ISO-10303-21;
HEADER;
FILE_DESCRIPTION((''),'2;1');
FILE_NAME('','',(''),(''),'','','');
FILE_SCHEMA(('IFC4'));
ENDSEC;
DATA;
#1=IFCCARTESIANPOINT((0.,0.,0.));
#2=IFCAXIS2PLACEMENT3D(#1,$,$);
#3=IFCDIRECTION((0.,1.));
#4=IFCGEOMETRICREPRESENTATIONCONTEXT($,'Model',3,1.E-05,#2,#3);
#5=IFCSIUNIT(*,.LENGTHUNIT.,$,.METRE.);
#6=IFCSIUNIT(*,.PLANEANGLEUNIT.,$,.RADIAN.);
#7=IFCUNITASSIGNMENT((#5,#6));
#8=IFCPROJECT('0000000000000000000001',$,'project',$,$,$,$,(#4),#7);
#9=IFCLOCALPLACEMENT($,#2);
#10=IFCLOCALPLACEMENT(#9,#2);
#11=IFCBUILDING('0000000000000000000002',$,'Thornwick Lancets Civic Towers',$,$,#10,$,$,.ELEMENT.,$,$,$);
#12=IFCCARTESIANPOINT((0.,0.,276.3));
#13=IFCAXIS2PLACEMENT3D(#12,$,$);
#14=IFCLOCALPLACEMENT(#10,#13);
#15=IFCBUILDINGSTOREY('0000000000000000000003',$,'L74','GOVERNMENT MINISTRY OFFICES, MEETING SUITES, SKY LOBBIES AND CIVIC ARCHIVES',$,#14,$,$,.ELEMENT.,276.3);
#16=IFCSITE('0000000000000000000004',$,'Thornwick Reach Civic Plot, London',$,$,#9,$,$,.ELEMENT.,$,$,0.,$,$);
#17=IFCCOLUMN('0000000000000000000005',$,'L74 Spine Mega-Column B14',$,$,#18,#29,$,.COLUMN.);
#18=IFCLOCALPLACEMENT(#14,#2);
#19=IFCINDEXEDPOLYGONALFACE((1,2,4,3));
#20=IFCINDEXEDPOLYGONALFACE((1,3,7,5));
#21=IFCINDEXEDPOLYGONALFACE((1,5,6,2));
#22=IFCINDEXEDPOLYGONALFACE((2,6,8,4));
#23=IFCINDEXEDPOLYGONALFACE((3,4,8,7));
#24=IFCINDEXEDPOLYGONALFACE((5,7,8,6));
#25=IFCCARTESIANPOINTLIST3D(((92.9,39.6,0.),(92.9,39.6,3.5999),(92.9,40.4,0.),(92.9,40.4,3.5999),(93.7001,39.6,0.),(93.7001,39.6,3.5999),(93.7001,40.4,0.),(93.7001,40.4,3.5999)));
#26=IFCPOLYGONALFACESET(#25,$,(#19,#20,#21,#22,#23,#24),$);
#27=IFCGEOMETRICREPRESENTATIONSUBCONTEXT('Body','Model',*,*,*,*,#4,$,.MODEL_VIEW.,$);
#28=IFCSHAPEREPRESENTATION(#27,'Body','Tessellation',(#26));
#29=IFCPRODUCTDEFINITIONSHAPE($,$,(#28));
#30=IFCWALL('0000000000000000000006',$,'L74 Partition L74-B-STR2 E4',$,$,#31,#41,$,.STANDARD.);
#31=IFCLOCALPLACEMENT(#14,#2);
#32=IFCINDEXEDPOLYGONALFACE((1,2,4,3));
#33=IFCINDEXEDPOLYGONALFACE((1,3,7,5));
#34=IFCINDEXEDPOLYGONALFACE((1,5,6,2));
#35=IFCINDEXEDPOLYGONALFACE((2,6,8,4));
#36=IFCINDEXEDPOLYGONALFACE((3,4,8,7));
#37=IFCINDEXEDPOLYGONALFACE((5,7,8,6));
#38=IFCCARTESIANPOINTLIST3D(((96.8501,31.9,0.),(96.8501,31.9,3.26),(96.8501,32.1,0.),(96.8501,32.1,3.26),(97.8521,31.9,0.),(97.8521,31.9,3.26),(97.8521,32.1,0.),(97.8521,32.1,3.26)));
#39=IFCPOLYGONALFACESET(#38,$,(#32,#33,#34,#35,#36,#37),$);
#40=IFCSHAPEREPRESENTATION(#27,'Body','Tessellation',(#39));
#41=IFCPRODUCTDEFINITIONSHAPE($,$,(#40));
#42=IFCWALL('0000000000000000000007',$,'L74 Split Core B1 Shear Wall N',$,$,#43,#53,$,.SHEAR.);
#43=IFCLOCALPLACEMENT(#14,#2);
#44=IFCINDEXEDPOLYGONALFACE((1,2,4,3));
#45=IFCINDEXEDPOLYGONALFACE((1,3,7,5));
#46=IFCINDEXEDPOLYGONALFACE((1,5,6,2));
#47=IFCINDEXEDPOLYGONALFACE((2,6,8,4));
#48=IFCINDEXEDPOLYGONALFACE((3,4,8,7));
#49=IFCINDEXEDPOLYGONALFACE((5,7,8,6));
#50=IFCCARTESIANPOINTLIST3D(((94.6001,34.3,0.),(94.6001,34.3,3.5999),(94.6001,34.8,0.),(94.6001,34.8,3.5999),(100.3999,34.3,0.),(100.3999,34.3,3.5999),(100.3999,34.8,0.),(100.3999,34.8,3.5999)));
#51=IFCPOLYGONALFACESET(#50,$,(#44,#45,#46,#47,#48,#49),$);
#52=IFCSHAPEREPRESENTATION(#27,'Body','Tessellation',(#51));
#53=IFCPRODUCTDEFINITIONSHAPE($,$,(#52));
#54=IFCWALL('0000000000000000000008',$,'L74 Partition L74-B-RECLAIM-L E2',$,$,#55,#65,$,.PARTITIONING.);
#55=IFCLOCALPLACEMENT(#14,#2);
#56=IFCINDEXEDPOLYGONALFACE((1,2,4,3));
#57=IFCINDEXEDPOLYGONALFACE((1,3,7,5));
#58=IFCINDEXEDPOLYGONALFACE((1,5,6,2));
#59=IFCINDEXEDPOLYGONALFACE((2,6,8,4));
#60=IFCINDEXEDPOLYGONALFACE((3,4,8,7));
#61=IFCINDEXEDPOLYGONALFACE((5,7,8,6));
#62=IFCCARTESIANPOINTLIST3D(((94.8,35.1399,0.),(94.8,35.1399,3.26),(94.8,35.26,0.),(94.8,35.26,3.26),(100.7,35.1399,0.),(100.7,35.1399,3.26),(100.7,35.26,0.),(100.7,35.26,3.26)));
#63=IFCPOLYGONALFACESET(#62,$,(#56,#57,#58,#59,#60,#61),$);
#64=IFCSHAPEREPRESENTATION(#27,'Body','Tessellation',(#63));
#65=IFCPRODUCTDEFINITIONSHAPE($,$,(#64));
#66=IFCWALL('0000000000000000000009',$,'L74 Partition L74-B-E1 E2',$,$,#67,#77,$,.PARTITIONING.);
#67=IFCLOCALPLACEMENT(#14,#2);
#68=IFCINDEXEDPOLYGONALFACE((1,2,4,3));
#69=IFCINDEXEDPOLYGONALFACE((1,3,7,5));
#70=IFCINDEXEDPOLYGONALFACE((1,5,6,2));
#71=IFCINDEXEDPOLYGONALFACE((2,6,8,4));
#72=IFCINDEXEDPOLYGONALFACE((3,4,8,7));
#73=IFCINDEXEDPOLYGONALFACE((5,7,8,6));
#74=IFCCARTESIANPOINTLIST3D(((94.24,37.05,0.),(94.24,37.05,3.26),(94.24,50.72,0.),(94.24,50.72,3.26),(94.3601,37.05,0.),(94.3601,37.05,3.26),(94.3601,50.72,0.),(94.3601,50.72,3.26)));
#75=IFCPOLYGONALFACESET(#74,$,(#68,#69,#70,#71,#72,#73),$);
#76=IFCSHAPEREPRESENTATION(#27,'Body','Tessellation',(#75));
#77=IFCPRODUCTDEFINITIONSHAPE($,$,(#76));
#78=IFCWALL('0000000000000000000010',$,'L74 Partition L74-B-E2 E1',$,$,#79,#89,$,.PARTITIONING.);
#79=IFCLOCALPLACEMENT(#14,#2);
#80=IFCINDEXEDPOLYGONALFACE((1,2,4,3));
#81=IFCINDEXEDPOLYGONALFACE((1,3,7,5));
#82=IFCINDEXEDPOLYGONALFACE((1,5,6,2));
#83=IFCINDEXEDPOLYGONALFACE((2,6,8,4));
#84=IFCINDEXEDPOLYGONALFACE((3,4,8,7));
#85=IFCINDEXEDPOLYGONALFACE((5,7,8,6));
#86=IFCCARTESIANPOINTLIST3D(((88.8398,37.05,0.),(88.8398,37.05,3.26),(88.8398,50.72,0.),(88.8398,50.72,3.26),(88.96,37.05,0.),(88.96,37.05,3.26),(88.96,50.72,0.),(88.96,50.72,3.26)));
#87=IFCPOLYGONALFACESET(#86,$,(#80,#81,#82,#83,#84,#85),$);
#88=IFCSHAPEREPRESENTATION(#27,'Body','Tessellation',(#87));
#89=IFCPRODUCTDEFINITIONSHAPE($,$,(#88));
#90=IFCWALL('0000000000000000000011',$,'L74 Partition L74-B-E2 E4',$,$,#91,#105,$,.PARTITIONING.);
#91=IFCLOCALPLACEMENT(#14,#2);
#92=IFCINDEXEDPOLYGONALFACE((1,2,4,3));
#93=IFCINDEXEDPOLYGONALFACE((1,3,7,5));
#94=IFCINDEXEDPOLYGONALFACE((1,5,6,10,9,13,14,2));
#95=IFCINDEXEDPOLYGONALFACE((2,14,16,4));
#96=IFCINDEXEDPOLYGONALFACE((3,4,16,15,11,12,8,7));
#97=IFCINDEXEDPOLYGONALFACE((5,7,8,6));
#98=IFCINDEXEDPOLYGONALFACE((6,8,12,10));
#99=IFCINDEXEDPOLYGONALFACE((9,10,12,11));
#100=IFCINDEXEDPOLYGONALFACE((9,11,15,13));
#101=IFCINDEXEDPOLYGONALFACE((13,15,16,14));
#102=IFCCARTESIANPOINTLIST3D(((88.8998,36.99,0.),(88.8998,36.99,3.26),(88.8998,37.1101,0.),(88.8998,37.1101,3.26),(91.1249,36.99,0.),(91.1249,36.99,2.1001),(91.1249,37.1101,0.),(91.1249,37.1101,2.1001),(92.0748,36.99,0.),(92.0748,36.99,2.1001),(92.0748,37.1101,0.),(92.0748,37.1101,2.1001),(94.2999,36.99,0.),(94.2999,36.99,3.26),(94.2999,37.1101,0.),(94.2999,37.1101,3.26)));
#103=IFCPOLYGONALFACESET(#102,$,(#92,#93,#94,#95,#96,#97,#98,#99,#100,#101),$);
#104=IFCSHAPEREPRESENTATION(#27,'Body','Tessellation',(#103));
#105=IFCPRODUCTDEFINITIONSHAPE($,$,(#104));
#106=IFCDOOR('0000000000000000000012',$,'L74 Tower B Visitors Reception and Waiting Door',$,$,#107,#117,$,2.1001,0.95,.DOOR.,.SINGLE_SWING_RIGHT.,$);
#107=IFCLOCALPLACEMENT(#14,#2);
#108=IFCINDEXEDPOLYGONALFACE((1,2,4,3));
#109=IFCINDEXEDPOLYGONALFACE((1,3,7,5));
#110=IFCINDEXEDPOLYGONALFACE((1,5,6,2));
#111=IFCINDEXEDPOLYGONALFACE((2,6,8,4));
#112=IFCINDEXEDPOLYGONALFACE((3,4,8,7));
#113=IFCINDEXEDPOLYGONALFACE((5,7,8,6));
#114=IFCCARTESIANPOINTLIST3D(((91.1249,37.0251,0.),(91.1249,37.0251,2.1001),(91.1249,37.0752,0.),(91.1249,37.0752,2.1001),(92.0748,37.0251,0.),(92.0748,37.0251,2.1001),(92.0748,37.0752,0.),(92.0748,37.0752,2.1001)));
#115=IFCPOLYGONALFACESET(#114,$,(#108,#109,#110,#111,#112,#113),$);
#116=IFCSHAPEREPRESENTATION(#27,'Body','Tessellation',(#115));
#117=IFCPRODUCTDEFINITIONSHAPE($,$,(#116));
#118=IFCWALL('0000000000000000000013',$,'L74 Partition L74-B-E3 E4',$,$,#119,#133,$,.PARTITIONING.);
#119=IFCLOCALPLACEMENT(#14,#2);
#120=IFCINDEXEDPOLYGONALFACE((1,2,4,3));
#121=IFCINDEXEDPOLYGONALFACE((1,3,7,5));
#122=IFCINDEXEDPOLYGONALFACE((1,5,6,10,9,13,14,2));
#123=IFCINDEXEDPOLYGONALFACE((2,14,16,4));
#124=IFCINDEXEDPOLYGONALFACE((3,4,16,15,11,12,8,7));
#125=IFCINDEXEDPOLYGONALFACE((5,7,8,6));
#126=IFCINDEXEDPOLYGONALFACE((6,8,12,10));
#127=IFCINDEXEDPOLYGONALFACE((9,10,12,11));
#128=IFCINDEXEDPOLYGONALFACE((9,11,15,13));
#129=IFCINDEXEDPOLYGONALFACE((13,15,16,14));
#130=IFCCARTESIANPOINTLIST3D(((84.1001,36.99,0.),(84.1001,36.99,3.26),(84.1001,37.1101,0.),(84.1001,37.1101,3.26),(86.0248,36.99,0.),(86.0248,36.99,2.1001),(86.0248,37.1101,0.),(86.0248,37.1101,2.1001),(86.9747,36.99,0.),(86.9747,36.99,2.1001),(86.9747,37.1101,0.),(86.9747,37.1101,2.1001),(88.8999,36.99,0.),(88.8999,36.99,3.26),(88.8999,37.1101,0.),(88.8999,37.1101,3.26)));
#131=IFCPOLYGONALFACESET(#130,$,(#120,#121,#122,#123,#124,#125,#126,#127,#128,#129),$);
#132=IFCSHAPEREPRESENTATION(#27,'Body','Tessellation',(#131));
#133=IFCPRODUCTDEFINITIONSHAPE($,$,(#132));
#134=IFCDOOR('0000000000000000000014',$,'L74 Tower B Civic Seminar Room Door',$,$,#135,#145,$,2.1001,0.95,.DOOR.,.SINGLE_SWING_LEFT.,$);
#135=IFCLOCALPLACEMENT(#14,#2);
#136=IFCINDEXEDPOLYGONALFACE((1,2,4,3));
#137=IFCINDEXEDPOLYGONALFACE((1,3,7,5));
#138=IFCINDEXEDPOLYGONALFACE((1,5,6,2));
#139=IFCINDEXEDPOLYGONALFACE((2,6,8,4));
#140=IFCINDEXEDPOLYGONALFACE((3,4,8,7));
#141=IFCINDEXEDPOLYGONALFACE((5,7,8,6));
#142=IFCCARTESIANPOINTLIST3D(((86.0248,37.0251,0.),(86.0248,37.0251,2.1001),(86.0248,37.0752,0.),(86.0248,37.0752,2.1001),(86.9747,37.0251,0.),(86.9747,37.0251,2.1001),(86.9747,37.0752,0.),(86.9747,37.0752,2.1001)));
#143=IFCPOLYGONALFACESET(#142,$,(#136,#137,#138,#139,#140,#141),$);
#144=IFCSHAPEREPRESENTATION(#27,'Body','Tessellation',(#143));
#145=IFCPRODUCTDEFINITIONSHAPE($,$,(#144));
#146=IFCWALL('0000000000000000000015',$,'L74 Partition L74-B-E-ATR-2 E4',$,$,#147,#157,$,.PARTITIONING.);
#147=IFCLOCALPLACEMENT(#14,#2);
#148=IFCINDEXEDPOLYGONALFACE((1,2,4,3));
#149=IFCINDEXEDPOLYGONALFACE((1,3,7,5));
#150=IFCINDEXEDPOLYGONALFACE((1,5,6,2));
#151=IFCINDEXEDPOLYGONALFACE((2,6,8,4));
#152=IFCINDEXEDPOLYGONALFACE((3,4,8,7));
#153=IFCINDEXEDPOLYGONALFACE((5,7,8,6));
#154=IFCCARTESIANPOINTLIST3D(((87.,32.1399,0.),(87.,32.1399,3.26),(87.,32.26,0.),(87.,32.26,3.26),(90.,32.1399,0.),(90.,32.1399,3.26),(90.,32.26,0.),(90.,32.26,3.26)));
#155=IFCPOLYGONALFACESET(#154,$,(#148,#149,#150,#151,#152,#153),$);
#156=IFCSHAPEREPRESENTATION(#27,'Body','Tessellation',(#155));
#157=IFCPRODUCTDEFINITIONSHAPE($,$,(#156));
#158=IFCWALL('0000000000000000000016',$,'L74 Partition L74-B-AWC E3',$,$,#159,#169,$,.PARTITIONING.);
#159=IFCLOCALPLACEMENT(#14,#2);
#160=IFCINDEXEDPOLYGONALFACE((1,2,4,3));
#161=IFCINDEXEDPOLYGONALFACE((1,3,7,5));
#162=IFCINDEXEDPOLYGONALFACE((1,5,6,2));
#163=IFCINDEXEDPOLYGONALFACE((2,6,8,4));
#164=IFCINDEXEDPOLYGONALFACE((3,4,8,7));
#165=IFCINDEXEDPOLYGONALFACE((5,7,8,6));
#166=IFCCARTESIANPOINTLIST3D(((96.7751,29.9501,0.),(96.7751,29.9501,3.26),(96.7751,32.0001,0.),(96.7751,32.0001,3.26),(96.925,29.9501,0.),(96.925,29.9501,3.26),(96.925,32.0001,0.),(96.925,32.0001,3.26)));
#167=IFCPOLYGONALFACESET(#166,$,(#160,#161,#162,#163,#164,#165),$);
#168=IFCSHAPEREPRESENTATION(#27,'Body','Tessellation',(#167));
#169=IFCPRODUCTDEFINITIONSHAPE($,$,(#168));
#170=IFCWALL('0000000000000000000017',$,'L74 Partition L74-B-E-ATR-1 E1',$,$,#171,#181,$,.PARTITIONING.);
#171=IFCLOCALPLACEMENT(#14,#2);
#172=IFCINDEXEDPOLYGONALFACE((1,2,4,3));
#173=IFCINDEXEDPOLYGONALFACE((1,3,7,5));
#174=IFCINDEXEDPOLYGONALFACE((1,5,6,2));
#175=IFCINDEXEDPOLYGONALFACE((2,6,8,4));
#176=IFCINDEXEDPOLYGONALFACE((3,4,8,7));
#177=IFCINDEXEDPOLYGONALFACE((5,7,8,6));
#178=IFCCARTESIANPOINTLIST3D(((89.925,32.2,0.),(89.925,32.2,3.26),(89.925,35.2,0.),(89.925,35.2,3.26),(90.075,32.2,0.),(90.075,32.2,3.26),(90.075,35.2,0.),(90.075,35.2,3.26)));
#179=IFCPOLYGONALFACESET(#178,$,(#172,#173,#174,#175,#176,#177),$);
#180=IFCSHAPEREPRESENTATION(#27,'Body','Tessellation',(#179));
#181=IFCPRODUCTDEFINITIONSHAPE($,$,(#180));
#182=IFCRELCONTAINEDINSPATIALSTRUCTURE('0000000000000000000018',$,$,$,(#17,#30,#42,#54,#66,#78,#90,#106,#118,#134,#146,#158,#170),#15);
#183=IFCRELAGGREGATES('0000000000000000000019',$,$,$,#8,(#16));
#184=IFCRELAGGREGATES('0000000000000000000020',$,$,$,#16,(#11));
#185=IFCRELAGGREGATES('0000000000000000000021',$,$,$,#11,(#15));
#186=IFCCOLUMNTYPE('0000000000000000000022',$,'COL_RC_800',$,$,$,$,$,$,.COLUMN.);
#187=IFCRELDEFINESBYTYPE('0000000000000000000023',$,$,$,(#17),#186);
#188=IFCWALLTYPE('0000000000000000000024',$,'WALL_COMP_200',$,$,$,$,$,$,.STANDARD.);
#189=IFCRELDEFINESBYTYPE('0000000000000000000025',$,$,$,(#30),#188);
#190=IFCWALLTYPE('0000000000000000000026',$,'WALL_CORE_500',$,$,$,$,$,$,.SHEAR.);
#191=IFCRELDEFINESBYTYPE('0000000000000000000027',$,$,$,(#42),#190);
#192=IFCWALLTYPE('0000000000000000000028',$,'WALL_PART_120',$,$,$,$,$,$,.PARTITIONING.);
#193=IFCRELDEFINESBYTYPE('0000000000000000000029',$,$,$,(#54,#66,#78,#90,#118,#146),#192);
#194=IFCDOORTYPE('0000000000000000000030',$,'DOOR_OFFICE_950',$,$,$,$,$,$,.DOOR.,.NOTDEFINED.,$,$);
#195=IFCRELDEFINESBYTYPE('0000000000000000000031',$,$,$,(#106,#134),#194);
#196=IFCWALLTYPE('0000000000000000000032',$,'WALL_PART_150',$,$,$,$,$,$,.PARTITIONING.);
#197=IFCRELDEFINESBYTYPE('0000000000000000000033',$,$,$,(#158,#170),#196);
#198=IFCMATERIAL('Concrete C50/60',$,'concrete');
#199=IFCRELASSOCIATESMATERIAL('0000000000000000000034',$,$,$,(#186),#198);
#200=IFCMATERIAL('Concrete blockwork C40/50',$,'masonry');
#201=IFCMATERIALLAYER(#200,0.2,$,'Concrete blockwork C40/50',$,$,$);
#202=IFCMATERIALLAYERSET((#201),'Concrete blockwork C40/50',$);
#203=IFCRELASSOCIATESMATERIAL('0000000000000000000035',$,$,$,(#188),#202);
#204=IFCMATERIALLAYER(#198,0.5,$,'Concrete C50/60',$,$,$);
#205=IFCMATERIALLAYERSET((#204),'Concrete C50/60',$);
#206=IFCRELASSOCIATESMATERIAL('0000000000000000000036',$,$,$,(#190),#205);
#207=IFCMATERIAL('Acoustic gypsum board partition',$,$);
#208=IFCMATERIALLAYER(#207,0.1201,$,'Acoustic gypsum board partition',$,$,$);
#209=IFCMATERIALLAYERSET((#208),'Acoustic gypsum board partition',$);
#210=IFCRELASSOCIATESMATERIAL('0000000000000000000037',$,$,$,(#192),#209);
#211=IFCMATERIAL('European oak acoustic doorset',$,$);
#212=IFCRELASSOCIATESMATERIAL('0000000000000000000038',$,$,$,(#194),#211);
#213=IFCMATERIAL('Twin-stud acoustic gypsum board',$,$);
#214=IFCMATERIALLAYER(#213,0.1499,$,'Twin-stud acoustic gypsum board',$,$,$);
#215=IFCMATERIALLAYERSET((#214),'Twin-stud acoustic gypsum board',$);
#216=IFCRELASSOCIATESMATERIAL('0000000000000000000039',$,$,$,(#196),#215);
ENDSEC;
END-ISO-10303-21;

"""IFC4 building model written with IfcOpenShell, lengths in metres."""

from ifc_helpers import new_model, si_unit, direction, frame, frame_2d, origin, origin_2d, place, context, subcontext, project, spatial, rectangle, extrude, material, layer, layer_set, material_profile, profile_set, type_object, element, fill, save


model = new_model("IFC4")

# Units and contexts
model_context = context("Model", 3, precision=1e-05, world=origin(), true_north=direction((0.0, 1.0)))
body_context = subcontext(model_context, "Body", "Model", "MODEL_VIEW")
ifc_project = project(units=[si_unit("LENGTHUNIT", "METRE"), si_unit("PLANEANGLEUNIT", "RADIAN")], contexts=[model_context])

# Site, building, storey
site_placement = place(None, origin())
site = spatial("IfcSite", under=ifc_project, at=site_placement, Name="Thornwick Reach Civic Plot, London", CompositionType="ELEMENT", RefElevation=0.0)
building_placement = place(site_placement, origin())
building = spatial("IfcBuilding", under=site, at=building_placement, Name="Thornwick Lancets Civic Towers", CompositionType="ELEMENT")
storey_placement = place(building_placement, frame((0.0, 0.0, 276.3)))
storey = spatial("IfcBuildingStorey", under=building, at=storey_placement, Name="L74", Description="GOVERNMENT MINISTRY OFFICES, MEETING SUITES, SKY LOBBIES AND CIVIC ARCHIVES", CompositionType="ELEMENT", Elevation=276.3)

# Column
ifc_material_1 = material(Name="Concrete C50/60", Category="concrete")
ifc_material_profile = material_profile(ifc_material_1, rectangle(XDim=0.8, YDim=0.8, at=origin_2d()), Name="RC 800x800")
ifc_profile_set = profile_set([ifc_material_profile], Name="Concrete C50/60")
column_type = type_object("IfcColumnType", Name="COL_RC_800", PredefinedType="COLUMN", material=ifc_profile_set)
column_placement = place(storey_placement, frame((93.3, 40.0, 0.0), z_axis=(0.0, 0.0, 1.0), x_axis=(1.0, 0.0, 0.0)))
element("IfcColumn", 1, at=column_placement, inside=storey, type_object=column_type, Name="L74 Spine Mega-Column B14", PredefinedType="COLUMN", context=body_context, shape_type="SweptSolid", body=[
    extrude(rectangle(XDim=0.8, YDim=0.8, at=origin_2d()), origin(), (0.0, 0.0, 1.0), 3.5999),
])

# Walls
ifc_material_2 = material(Name="Concrete blockwork C40/50", Category="masonry")
ifc_layer_1 = layer(ifc_material_2, 0.2, Name="Concrete blockwork C40/50")
ifc_layer_set_1 = layer_set([ifc_layer_1], Name="Concrete blockwork C40/50")
wall_type_1 = type_object("IfcWallType", Name="WALL_COMP_200", PredefinedType="STANDARD", material=ifc_layer_set_1)
wall_1_placement = place(storey_placement, frame((97.8521, 32.0, 0.0), z_axis=(0.0, 0.0, 1.0), x_axis=(-1.0, 0.0, 0.0)))
element("IfcWall", 2, at=wall_1_placement, inside=storey, type_object=wall_type_1, Name="L74 Partition L74-B-STR2 E4", PredefinedType="STANDARD", context=body_context, shape_type="SweptSolid", body=[
    extrude(rectangle(XDim=1.002, YDim=0.2, at=frame_2d((0.501, 0.0))), origin(), (0.0, 0.0, 1.0), 3.26),
])
ifc_layer_2 = layer(ifc_material_1, 0.5, Name="Concrete C50/60")
ifc_layer_set_2 = layer_set([ifc_layer_2], Name="Concrete C50/60")
wall_type_2 = type_object("IfcWallType", Name="WALL_CORE_500", PredefinedType="SHEAR", material=ifc_layer_set_2)
wall_2_placement = place(storey_placement, frame((94.6001, 34.55, 0.0), z_axis=(0.0, 0.0, 1.0), x_axis=(1.0, 0.0, 0.0)))
element("IfcWall", 3, at=wall_2_placement, inside=storey, type_object=wall_type_2, Name="L74 Split Core B1 Shear Wall N", PredefinedType="SHEAR", context=body_context, shape_type="SweptSolid", body=[
    extrude(rectangle(XDim=5.7998, YDim=0.5, at=frame_2d((2.8999, 0.0))), origin(), (0.0, 0.0, 1.0), 3.5999),
])
ifc_material_3 = material(Name="Acoustic gypsum board partition")
ifc_layer_3 = layer(ifc_material_3, 0.1201, Name="Acoustic gypsum board partition")
ifc_layer_set_3 = layer_set([ifc_layer_3], Name="Acoustic gypsum board partition")
wall_type_3 = type_object("IfcWallType", Name="WALL_PART_120", PredefinedType="PARTITIONING", material=ifc_layer_set_3)
wall_3_placement = place(storey_placement, frame((94.8, 35.2, 0.0), z_axis=(0.0, 0.0, 1.0), x_axis=(1.0, 0.0, 0.0)))
element("IfcWall", 4, at=wall_3_placement, inside=storey, type_object=wall_type_3, Name="L74 Partition L74-B-RECLAIM-L E2", PredefinedType="PARTITIONING", context=body_context, shape_type="SweptSolid", body=[
    extrude(rectangle(XDim=5.8999, YDim=0.1201, at=frame_2d((2.95, 0.0))), origin(), (0.0, 0.0, 1.0), 3.26),
])
for number, where, z_axis, x_axis, name in (
    (5, (94.3, 37.05, 0.0), (0.0, 0.0, 1.0), (0.0, 1.0, 0.0), "L74 Partition L74-B-E1 E2"),
    (6, (88.8999, 37.05, 0.0), (0.0, 0.0, 1.0), (0.0, 1.0, 0.0), "L74 Partition L74-B-E2 E1"),
):
    element("IfcWall", number, at=place(storey_placement, frame(where, z_axis=z_axis, x_axis=x_axis)), inside=storey, type_object=wall_type_3, Name=name, PredefinedType="PARTITIONING", context=body_context, shape_type="SweptSolid", body=[
        extrude(rectangle(XDim=13.6699, YDim=0.1201, at=frame_2d((6.835, 0.0))), origin(), (0.0, 0.0, 1.0), 3.26),
    ])

# Walls, openings, doors
wall_4_placement = place(storey_placement, frame((94.3, 37.05, 0.0), z_axis=(0.0, 0.0, 1.0), x_axis=(-1.0, 0.0, 0.0)))
wall_4 = element("IfcWall", 7, at=wall_4_placement, inside=storey, type_object=wall_type_3, Name="L74 Partition L74-B-E2 E4", PredefinedType="PARTITIONING", context=body_context, shape_type="SweptSolid", body=[
    extrude(rectangle(XDim=5.4001, YDim=0.1201, at=frame_2d((2.7002, 0.0))), origin(), (0.0, 0.0, 1.0), 3.26),
])
opening_1_placement = place(wall_4_placement, frame((2.2251, 0.0, 0.0)))
opening_1 = element("IfcOpeningElement", 8, at=opening_1_placement, cuts=wall_4, PredefinedType="OPENING", context=body_context, shape_type="SweptSolid", body=[
    extrude(rectangle(XDim=0.95, YDim=2.1001, at=frame_2d((0.4751, 1.05))), frame((0.0, 0.0701, 0.0), z_axis=(0.0, -1.0, 0.0), x_axis=(1.0, 0.0, 0.0)), (0.0, 0.0, 1.0), 0.1401),
])
ifc_material_4 = material(Name="European oak acoustic doorset")
door_type_1 = type_object("IfcDoorType", Name="DOOR_OFFICE_950", OperationType="NOTDEFINED", PredefinedType="DOOR", material=ifc_material_4)
door_1_placement = place(opening_1_placement, origin())
door_1 = element("IfcDoor", 9, at=door_1_placement, inside=storey, type_object=door_type_1, Name="L74 Tower B Visitors Reception and Waiting Door", OperationType="SINGLE_SWING_RIGHT", OverallHeight=2.1001, OverallWidth=0.95, PredefinedType="DOOR", context=body_context, shape_type="SweptSolid", body=[
    extrude(rectangle(XDim=0.95, YDim=2.1001, at=frame_2d((0.4751, 1.05))), frame((0.0, 0.0249, 0.0), z_axis=(0.0, -1.0, 0.0), x_axis=(1.0, 0.0, 0.0)), (0.0, 0.0, 1.0), 0.05),
])
fill(opening_1, door_1)
wall_5_placement = place(storey_placement, frame((88.8999, 37.05, 0.0), z_axis=(0.0, 0.0, 1.0), x_axis=(-1.0, 0.0, 0.0)))
wall_5 = element("IfcWall", 10, at=wall_5_placement, inside=storey, type_object=wall_type_3, Name="L74 Partition L74-B-E3 E4", PredefinedType="PARTITIONING", context=body_context, shape_type="SweptSolid", body=[
    extrude(rectangle(XDim=4.7998, YDim=0.1201, at=frame_2d((2.3999, 0.0))), origin(), (0.0, 0.0, 1.0), 3.26),
])
opening_2_placement = place(wall_5_placement, frame((1.925, 0.0, 0.0)))
opening_2 = element("IfcOpeningElement", 11, at=opening_2_placement, cuts=wall_5, PredefinedType="OPENING", context=body_context, shape_type="SweptSolid", body=[
    extrude(rectangle(XDim=0.95, YDim=2.1001, at=frame_2d((0.4751, 1.05))), frame((0.0, 0.0701, 0.0), z_axis=(0.0, -1.0, 0.0), x_axis=(1.0, 0.0, 0.0)), (0.0, 0.0, 1.0), 0.1401),
])
door_2_placement = place(opening_2_placement, origin())
door_2 = element("IfcDoor", 12, at=door_2_placement, inside=storey, type_object=door_type_1, Name="L74 Tower B Civic Seminar Room Door", OperationType="SINGLE_SWING_LEFT", OverallHeight=2.1001, OverallWidth=0.95, PredefinedType="DOOR", context=body_context, shape_type="SweptSolid", body=[
    extrude(rectangle(XDim=0.95, YDim=2.1001, at=frame_2d((0.4751, 1.05))), frame((0.0, 0.0249, 0.0), z_axis=(0.0, -1.0, 0.0), x_axis=(1.0, 0.0, 0.0)), (0.0, 0.0, 1.0), 0.05),
])
fill(opening_2, door_2)

# Walls
wall_6_placement = place(storey_placement, frame((90.0, 32.2, 0.0), z_axis=(0.0, 0.0, 1.0), x_axis=(-1.0, 0.0, 0.0)))
element("IfcWall", 13, at=wall_6_placement, inside=storey, type_object=wall_type_3, Name="L74 Partition L74-B-E-ATR-2 E4", PredefinedType="PARTITIONING", context=body_context, shape_type="SweptSolid", body=[
    extrude(rectangle(XDim=3.0, YDim=0.1201, at=frame_2d((1.5, 0.0))), origin(), (0.0, 0.0, 1.0), 3.26),
])
ifc_material_5 = material(Name="Twin-stud acoustic gypsum board")
ifc_layer_4 = layer(ifc_material_5, 0.1499, Name="Twin-stud acoustic gypsum board")
ifc_layer_set_4 = layer_set([ifc_layer_4], Name="Twin-stud acoustic gypsum board")
wall_type_4 = type_object("IfcWallType", Name="WALL_PART_150", PredefinedType="PARTITIONING", material=ifc_layer_set_4)
wall_7_placement = place(storey_placement, frame((96.8501, 32.0, 0.0), z_axis=(0.0, 0.0, 1.0), x_axis=(0.0, -1.0, 0.0)))
element("IfcWall", 14, at=wall_7_placement, inside=storey, type_object=wall_type_4, Name="L74 Partition L74-B-AWC E3", PredefinedType="PARTITIONING", context=body_context, shape_type="SweptSolid", body=[
    extrude(rectangle(XDim=2.05, YDim=0.1499, at=frame_2d((1.0249, 0.0))), origin(), (0.0, 0.0, 1.0), 3.26),
])
wall_8_placement = place(storey_placement, frame((90.0, 32.2, 0.0), z_axis=(0.0, 0.0, 1.0), x_axis=(0.0, 1.0, 0.0)))
element("IfcWall", 15, at=wall_8_placement, inside=storey, type_object=wall_type_4, Name="L74 Partition L74-B-E-ATR-1 E1", PredefinedType="PARTITIONING", context=body_context, shape_type="SweptSolid", body=[
    extrude(rectangle(XDim=3.0, YDim=0.1499, at=frame_2d((1.5, 0.0))), origin(), (0.0, 0.0, 1.0), 3.26),
])

save(model, "model.ifc")
